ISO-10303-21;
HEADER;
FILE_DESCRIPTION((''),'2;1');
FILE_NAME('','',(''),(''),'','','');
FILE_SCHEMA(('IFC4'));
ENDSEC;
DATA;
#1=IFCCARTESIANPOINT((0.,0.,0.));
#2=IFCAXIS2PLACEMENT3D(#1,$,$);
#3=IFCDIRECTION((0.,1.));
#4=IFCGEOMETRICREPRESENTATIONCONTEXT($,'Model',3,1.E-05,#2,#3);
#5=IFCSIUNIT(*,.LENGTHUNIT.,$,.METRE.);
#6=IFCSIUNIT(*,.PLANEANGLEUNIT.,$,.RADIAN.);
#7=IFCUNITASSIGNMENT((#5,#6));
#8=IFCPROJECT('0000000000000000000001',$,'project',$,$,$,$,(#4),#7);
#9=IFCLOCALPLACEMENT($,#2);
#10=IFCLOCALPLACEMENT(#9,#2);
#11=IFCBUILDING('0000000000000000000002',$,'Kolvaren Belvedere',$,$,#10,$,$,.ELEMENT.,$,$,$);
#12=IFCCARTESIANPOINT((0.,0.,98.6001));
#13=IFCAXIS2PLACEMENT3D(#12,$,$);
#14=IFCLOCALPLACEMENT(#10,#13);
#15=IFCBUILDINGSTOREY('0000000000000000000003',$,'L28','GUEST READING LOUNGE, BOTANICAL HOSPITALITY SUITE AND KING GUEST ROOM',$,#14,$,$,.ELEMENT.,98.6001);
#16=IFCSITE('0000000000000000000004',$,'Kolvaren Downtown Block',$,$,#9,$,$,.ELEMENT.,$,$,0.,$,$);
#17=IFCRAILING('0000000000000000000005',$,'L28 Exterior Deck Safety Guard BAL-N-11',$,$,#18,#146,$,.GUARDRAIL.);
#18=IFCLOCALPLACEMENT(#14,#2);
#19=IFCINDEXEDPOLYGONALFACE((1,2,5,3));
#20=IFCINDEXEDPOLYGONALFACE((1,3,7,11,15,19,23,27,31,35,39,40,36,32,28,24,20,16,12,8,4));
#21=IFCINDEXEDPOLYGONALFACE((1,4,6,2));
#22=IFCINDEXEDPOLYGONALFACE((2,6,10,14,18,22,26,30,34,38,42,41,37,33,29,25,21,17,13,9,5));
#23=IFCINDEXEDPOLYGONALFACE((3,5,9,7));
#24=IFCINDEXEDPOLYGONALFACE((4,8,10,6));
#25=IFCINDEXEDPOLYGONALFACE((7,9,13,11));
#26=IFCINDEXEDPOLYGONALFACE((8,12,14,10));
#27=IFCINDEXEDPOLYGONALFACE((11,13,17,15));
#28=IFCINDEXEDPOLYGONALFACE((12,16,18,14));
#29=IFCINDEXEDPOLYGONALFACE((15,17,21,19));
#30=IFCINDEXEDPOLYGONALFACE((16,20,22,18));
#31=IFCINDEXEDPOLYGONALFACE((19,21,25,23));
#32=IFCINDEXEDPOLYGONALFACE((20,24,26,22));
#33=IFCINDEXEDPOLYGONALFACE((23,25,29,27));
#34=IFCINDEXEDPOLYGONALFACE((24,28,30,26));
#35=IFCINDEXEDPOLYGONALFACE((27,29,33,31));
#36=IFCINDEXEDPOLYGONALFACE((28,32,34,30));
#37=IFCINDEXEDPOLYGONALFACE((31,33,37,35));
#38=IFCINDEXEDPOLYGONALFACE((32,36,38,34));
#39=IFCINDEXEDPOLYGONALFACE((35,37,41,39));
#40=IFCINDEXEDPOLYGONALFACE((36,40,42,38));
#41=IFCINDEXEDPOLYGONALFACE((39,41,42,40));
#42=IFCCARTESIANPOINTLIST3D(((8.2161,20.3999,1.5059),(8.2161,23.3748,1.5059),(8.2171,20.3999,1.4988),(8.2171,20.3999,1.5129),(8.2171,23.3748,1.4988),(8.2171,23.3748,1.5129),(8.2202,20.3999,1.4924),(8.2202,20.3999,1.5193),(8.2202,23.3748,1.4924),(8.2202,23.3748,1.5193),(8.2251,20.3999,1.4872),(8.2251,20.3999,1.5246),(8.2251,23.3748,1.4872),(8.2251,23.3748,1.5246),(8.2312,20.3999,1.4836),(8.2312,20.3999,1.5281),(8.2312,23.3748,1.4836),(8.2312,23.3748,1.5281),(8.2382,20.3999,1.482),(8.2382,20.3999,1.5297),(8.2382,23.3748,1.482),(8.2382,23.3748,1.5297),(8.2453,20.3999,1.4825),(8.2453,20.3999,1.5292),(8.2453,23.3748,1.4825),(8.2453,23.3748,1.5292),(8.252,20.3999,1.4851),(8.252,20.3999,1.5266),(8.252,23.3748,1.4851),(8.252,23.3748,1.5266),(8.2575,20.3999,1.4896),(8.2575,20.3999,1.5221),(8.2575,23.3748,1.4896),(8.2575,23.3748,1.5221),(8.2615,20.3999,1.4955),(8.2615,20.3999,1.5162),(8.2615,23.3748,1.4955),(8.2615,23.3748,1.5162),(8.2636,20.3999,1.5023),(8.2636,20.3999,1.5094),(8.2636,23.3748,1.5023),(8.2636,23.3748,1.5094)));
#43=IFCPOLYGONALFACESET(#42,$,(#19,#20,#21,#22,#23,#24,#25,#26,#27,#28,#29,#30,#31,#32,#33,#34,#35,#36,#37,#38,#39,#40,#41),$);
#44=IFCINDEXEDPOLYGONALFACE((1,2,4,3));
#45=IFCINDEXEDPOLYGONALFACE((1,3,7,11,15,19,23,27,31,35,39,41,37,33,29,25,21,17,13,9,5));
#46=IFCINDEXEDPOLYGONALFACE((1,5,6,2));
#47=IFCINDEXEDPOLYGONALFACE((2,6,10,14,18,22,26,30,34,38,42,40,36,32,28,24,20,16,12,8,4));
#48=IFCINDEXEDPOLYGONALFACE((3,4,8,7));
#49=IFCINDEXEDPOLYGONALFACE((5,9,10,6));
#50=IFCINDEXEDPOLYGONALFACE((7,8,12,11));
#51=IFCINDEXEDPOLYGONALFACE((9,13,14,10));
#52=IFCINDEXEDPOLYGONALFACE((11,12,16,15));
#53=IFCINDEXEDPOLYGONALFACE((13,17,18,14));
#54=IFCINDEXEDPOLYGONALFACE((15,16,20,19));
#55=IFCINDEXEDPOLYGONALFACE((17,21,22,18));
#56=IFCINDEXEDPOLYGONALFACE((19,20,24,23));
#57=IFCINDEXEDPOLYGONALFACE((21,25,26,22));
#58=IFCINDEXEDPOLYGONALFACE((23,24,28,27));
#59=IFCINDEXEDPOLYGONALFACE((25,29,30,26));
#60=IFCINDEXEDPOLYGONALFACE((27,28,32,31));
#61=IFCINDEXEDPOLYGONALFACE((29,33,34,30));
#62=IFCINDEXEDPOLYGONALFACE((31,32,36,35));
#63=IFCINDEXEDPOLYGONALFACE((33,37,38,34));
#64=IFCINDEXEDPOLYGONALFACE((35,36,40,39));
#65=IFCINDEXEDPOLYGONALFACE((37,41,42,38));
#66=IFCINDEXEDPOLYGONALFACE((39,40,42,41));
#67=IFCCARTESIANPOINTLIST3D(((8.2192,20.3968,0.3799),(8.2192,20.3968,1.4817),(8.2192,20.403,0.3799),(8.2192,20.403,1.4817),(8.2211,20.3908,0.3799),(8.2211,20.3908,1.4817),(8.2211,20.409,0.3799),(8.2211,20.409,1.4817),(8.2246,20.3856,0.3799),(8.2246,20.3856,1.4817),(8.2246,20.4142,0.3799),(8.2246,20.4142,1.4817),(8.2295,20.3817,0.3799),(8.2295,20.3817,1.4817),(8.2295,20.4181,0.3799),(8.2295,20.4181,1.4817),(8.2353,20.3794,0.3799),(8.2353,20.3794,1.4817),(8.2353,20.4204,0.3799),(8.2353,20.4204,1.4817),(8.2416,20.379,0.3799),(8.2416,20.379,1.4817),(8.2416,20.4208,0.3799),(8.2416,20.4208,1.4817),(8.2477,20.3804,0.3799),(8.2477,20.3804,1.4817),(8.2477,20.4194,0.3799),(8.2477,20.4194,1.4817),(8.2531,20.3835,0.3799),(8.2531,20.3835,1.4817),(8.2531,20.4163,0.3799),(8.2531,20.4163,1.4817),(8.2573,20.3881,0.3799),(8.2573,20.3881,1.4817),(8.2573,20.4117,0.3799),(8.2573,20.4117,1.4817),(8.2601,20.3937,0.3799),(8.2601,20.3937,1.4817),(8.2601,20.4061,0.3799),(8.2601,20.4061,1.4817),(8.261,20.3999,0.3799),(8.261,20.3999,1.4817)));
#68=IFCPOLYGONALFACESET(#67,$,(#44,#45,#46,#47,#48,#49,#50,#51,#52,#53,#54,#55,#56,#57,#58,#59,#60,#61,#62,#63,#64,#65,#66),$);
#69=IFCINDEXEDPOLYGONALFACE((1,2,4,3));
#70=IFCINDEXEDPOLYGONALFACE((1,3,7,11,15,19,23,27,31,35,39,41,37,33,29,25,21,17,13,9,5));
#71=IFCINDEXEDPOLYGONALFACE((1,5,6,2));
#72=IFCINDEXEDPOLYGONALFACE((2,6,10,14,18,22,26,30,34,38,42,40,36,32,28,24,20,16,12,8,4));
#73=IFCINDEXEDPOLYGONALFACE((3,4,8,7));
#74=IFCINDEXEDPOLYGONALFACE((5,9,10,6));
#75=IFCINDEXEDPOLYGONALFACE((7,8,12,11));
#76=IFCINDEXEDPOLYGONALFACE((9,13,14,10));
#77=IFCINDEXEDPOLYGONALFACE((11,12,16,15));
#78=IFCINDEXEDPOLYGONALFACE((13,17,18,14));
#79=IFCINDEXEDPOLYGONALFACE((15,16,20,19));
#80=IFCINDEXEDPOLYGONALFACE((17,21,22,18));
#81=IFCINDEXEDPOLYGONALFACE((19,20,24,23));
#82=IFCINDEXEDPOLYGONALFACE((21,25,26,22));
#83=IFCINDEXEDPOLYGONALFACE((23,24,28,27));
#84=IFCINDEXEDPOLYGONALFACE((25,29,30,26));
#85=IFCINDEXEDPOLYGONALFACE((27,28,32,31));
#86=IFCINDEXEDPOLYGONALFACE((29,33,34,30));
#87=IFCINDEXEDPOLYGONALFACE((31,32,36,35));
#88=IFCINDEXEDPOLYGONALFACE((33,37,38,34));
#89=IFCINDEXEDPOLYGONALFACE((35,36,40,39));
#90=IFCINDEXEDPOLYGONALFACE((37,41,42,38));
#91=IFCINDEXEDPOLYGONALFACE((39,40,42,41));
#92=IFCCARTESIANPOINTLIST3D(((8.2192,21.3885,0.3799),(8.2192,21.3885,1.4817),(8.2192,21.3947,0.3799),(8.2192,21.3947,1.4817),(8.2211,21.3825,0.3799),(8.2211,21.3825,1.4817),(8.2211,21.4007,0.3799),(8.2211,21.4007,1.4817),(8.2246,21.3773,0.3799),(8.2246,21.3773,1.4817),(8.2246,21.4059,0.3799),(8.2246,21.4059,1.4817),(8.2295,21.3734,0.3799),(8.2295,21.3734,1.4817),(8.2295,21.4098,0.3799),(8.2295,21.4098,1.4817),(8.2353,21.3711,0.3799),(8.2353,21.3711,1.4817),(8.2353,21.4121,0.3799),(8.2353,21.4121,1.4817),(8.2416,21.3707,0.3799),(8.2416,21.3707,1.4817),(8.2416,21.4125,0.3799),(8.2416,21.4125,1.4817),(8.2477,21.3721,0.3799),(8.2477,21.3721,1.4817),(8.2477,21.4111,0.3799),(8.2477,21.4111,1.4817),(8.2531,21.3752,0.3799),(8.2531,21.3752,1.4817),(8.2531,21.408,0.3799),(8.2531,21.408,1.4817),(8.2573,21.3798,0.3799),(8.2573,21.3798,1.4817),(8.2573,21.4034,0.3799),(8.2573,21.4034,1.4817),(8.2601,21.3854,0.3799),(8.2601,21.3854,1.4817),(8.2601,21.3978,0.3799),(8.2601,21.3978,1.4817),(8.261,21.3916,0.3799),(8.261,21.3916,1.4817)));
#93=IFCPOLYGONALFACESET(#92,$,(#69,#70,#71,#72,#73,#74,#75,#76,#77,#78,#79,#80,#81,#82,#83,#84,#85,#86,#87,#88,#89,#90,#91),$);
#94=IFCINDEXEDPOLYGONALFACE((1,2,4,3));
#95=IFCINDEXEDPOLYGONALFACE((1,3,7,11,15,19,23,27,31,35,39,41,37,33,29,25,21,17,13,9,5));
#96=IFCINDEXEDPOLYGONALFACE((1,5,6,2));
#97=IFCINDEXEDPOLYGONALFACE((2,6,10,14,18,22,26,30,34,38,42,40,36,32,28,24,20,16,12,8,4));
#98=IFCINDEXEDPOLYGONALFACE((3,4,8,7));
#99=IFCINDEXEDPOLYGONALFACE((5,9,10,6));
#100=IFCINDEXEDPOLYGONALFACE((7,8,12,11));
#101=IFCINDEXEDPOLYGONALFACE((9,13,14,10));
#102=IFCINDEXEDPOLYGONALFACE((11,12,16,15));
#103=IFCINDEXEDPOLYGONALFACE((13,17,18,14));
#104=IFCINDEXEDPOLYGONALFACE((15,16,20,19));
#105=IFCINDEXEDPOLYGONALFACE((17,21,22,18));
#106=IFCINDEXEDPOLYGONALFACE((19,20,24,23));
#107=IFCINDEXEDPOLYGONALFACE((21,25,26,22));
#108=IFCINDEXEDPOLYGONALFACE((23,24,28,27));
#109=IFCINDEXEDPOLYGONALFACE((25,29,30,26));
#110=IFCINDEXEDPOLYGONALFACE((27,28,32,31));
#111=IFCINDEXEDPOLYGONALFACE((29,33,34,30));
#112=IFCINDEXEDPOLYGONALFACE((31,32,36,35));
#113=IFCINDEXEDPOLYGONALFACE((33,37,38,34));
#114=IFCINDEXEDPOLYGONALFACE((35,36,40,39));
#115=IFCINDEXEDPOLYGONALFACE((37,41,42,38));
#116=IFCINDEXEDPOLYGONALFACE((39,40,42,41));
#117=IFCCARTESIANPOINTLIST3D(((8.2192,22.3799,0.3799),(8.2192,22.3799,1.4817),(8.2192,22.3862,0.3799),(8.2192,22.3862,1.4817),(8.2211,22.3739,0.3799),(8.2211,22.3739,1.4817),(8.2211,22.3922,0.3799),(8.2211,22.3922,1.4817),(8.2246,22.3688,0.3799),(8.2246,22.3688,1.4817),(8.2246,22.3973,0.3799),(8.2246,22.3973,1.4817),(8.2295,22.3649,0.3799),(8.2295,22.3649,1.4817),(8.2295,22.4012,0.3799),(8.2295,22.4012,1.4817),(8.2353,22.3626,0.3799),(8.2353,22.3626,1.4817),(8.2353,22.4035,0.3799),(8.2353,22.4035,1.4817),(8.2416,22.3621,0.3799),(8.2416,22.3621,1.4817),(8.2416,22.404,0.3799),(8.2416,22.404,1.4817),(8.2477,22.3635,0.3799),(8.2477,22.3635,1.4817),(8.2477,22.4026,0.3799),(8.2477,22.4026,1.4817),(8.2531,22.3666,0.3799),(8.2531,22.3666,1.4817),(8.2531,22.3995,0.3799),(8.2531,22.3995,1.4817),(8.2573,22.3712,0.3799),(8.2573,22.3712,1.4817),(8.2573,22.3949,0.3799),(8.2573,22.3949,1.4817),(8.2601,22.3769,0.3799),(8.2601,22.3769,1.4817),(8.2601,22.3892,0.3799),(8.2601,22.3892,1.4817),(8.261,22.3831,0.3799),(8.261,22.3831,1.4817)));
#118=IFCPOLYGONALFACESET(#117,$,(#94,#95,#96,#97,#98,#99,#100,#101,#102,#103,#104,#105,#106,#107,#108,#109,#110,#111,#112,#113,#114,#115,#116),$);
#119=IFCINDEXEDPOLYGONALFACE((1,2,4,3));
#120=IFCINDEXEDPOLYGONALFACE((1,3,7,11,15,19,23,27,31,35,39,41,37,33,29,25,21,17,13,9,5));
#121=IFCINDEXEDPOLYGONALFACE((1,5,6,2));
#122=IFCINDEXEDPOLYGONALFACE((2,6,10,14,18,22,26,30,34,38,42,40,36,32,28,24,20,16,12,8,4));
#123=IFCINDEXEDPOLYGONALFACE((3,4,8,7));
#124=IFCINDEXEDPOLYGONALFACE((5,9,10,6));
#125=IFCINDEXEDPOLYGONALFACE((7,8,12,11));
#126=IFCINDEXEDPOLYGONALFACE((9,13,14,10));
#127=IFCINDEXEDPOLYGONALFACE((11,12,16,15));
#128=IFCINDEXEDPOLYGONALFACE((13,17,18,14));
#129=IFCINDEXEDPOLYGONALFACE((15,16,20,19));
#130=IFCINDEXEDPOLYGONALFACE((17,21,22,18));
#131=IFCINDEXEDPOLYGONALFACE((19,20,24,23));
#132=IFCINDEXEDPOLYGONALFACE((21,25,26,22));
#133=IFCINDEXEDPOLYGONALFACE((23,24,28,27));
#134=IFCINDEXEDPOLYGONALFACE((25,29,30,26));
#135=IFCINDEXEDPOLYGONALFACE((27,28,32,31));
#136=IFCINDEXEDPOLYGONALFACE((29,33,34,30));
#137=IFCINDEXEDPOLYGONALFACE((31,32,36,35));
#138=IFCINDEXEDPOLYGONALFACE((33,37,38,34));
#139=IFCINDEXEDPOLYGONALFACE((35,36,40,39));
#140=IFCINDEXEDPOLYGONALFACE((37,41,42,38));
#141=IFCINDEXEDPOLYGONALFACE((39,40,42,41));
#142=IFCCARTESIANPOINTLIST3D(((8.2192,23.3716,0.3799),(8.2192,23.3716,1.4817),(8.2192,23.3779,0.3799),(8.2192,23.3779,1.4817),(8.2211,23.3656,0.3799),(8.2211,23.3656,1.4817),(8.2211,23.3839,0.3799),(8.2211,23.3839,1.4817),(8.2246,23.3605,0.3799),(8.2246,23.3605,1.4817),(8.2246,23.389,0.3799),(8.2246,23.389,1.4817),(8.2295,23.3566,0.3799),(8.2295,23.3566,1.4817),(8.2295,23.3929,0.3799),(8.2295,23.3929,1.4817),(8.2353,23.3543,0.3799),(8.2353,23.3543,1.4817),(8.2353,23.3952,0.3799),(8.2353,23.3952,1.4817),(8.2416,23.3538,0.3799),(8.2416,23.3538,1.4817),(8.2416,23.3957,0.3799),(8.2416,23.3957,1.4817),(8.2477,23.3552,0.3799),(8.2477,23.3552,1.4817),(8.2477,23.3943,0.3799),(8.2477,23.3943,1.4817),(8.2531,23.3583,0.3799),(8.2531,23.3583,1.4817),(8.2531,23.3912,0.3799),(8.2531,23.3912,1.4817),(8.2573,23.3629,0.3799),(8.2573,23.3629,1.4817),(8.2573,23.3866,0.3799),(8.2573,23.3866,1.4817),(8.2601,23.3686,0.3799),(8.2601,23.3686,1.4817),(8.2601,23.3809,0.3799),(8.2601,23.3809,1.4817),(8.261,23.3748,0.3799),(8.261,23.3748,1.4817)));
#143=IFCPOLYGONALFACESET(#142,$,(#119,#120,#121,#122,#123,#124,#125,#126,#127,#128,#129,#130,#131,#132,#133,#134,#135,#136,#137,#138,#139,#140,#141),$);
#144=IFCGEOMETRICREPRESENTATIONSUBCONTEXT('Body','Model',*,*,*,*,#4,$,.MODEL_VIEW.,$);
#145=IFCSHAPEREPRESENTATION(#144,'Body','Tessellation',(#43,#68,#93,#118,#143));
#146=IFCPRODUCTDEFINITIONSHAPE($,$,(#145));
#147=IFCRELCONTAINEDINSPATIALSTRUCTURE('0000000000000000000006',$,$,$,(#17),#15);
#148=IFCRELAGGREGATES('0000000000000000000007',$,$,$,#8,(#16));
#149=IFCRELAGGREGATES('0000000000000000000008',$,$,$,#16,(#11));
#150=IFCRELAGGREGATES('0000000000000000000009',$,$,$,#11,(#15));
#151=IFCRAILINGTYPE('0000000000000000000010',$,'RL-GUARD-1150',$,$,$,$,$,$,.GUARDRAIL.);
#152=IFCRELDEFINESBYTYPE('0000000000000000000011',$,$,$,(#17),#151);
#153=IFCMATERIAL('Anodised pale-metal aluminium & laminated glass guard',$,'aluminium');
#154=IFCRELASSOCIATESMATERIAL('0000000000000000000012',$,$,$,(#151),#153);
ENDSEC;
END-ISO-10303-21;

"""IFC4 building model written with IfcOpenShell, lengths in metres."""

from ifc_helpers import new_model, si_unit, direction, frame, origin, origin_2d, place, context, subcontext, project, spatial, circle, extrude, material, type_object, element, save


model = new_model("IFC4")

# Units and contexts
model_context = context("Model", 3, precision=1e-05, world=origin(), true_north=direction((0.0, 1.0)))
body_context = subcontext(model_context, "Body", "Model", "MODEL_VIEW")
ifc_project = project(units=[si_unit("LENGTHUNIT", "METRE"), si_unit("PLANEANGLEUNIT", "RADIAN")], contexts=[model_context])

# Site, building, storey
site_placement = place(None, origin())
site = spatial("IfcSite", under=ifc_project, at=site_placement, Name="Kolvaren Downtown Block", CompositionType="ELEMENT", RefElevation=0.0)
building_placement = place(site_placement, origin())
building = spatial("IfcBuilding", under=site, at=building_placement, Name="Kolvaren Belvedere", CompositionType="ELEMENT")
storey_placement = place(building_placement, frame((0.0, 0.0, 98.6001)))
storey = spatial("IfcBuildingStorey", under=building, at=storey_placement, Name="L28", Description="GUEST READING LOUNGE, BOTANICAL HOSPITALITY SUITE AND KING GUEST ROOM", CompositionType="ELEMENT", Elevation=98.6001)

# Railing
ifc_material_1 = material(Name="Anodised pale-metal aluminium & laminated glass guard", Category="aluminium")
railing_type = type_object("IfcRailingType", Name="RL-GUARD-1150", PredefinedType="GUARDRAIL", material=ifc_material_1)
railing_1_placement = place(storey_placement, frame((8.24, 20.3999, 0.3799)))
element("IfcRailing", 1, at=railing_1_placement, inside=storey, type_object=railing_type, Name="L28 Exterior Deck Safety Guard BAL-N-11", PredefinedType="GUARDRAIL", context=body_context, shape_type="SweptSolid", body=[
    extrude(circle(Radius=0.0239, at=origin_2d()), frame((0.0, 0.0, 1.126), z_axis=(0.0, 1.0, 0.0), x_axis=(-1.0, 0.0, 0.0)), (0.0, 0.0, 1.0), 2.9749),
    extrude(circle(Radius=0.021, at=origin_2d()), origin(), (0.0, 0.0, 1.0), 1.1018),
    extrude(circle(Radius=0.021, at=origin_2d()), frame((0.0, 0.9917, 0.0)), (0.0, 0.0, 1.0), 1.1018),
    extrude(circle(Radius=0.021, at=origin_2d()), frame((0.0, 1.9832, 0.0)), (0.0, 0.0, 1.0), 1.1018),
    extrude(circle(Radius=0.021, at=origin_2d()), frame((0.0, 2.9749, 0.0)), (0.0, 0.0, 1.0), 1.1018),
])

save(model, "model.ifc")
